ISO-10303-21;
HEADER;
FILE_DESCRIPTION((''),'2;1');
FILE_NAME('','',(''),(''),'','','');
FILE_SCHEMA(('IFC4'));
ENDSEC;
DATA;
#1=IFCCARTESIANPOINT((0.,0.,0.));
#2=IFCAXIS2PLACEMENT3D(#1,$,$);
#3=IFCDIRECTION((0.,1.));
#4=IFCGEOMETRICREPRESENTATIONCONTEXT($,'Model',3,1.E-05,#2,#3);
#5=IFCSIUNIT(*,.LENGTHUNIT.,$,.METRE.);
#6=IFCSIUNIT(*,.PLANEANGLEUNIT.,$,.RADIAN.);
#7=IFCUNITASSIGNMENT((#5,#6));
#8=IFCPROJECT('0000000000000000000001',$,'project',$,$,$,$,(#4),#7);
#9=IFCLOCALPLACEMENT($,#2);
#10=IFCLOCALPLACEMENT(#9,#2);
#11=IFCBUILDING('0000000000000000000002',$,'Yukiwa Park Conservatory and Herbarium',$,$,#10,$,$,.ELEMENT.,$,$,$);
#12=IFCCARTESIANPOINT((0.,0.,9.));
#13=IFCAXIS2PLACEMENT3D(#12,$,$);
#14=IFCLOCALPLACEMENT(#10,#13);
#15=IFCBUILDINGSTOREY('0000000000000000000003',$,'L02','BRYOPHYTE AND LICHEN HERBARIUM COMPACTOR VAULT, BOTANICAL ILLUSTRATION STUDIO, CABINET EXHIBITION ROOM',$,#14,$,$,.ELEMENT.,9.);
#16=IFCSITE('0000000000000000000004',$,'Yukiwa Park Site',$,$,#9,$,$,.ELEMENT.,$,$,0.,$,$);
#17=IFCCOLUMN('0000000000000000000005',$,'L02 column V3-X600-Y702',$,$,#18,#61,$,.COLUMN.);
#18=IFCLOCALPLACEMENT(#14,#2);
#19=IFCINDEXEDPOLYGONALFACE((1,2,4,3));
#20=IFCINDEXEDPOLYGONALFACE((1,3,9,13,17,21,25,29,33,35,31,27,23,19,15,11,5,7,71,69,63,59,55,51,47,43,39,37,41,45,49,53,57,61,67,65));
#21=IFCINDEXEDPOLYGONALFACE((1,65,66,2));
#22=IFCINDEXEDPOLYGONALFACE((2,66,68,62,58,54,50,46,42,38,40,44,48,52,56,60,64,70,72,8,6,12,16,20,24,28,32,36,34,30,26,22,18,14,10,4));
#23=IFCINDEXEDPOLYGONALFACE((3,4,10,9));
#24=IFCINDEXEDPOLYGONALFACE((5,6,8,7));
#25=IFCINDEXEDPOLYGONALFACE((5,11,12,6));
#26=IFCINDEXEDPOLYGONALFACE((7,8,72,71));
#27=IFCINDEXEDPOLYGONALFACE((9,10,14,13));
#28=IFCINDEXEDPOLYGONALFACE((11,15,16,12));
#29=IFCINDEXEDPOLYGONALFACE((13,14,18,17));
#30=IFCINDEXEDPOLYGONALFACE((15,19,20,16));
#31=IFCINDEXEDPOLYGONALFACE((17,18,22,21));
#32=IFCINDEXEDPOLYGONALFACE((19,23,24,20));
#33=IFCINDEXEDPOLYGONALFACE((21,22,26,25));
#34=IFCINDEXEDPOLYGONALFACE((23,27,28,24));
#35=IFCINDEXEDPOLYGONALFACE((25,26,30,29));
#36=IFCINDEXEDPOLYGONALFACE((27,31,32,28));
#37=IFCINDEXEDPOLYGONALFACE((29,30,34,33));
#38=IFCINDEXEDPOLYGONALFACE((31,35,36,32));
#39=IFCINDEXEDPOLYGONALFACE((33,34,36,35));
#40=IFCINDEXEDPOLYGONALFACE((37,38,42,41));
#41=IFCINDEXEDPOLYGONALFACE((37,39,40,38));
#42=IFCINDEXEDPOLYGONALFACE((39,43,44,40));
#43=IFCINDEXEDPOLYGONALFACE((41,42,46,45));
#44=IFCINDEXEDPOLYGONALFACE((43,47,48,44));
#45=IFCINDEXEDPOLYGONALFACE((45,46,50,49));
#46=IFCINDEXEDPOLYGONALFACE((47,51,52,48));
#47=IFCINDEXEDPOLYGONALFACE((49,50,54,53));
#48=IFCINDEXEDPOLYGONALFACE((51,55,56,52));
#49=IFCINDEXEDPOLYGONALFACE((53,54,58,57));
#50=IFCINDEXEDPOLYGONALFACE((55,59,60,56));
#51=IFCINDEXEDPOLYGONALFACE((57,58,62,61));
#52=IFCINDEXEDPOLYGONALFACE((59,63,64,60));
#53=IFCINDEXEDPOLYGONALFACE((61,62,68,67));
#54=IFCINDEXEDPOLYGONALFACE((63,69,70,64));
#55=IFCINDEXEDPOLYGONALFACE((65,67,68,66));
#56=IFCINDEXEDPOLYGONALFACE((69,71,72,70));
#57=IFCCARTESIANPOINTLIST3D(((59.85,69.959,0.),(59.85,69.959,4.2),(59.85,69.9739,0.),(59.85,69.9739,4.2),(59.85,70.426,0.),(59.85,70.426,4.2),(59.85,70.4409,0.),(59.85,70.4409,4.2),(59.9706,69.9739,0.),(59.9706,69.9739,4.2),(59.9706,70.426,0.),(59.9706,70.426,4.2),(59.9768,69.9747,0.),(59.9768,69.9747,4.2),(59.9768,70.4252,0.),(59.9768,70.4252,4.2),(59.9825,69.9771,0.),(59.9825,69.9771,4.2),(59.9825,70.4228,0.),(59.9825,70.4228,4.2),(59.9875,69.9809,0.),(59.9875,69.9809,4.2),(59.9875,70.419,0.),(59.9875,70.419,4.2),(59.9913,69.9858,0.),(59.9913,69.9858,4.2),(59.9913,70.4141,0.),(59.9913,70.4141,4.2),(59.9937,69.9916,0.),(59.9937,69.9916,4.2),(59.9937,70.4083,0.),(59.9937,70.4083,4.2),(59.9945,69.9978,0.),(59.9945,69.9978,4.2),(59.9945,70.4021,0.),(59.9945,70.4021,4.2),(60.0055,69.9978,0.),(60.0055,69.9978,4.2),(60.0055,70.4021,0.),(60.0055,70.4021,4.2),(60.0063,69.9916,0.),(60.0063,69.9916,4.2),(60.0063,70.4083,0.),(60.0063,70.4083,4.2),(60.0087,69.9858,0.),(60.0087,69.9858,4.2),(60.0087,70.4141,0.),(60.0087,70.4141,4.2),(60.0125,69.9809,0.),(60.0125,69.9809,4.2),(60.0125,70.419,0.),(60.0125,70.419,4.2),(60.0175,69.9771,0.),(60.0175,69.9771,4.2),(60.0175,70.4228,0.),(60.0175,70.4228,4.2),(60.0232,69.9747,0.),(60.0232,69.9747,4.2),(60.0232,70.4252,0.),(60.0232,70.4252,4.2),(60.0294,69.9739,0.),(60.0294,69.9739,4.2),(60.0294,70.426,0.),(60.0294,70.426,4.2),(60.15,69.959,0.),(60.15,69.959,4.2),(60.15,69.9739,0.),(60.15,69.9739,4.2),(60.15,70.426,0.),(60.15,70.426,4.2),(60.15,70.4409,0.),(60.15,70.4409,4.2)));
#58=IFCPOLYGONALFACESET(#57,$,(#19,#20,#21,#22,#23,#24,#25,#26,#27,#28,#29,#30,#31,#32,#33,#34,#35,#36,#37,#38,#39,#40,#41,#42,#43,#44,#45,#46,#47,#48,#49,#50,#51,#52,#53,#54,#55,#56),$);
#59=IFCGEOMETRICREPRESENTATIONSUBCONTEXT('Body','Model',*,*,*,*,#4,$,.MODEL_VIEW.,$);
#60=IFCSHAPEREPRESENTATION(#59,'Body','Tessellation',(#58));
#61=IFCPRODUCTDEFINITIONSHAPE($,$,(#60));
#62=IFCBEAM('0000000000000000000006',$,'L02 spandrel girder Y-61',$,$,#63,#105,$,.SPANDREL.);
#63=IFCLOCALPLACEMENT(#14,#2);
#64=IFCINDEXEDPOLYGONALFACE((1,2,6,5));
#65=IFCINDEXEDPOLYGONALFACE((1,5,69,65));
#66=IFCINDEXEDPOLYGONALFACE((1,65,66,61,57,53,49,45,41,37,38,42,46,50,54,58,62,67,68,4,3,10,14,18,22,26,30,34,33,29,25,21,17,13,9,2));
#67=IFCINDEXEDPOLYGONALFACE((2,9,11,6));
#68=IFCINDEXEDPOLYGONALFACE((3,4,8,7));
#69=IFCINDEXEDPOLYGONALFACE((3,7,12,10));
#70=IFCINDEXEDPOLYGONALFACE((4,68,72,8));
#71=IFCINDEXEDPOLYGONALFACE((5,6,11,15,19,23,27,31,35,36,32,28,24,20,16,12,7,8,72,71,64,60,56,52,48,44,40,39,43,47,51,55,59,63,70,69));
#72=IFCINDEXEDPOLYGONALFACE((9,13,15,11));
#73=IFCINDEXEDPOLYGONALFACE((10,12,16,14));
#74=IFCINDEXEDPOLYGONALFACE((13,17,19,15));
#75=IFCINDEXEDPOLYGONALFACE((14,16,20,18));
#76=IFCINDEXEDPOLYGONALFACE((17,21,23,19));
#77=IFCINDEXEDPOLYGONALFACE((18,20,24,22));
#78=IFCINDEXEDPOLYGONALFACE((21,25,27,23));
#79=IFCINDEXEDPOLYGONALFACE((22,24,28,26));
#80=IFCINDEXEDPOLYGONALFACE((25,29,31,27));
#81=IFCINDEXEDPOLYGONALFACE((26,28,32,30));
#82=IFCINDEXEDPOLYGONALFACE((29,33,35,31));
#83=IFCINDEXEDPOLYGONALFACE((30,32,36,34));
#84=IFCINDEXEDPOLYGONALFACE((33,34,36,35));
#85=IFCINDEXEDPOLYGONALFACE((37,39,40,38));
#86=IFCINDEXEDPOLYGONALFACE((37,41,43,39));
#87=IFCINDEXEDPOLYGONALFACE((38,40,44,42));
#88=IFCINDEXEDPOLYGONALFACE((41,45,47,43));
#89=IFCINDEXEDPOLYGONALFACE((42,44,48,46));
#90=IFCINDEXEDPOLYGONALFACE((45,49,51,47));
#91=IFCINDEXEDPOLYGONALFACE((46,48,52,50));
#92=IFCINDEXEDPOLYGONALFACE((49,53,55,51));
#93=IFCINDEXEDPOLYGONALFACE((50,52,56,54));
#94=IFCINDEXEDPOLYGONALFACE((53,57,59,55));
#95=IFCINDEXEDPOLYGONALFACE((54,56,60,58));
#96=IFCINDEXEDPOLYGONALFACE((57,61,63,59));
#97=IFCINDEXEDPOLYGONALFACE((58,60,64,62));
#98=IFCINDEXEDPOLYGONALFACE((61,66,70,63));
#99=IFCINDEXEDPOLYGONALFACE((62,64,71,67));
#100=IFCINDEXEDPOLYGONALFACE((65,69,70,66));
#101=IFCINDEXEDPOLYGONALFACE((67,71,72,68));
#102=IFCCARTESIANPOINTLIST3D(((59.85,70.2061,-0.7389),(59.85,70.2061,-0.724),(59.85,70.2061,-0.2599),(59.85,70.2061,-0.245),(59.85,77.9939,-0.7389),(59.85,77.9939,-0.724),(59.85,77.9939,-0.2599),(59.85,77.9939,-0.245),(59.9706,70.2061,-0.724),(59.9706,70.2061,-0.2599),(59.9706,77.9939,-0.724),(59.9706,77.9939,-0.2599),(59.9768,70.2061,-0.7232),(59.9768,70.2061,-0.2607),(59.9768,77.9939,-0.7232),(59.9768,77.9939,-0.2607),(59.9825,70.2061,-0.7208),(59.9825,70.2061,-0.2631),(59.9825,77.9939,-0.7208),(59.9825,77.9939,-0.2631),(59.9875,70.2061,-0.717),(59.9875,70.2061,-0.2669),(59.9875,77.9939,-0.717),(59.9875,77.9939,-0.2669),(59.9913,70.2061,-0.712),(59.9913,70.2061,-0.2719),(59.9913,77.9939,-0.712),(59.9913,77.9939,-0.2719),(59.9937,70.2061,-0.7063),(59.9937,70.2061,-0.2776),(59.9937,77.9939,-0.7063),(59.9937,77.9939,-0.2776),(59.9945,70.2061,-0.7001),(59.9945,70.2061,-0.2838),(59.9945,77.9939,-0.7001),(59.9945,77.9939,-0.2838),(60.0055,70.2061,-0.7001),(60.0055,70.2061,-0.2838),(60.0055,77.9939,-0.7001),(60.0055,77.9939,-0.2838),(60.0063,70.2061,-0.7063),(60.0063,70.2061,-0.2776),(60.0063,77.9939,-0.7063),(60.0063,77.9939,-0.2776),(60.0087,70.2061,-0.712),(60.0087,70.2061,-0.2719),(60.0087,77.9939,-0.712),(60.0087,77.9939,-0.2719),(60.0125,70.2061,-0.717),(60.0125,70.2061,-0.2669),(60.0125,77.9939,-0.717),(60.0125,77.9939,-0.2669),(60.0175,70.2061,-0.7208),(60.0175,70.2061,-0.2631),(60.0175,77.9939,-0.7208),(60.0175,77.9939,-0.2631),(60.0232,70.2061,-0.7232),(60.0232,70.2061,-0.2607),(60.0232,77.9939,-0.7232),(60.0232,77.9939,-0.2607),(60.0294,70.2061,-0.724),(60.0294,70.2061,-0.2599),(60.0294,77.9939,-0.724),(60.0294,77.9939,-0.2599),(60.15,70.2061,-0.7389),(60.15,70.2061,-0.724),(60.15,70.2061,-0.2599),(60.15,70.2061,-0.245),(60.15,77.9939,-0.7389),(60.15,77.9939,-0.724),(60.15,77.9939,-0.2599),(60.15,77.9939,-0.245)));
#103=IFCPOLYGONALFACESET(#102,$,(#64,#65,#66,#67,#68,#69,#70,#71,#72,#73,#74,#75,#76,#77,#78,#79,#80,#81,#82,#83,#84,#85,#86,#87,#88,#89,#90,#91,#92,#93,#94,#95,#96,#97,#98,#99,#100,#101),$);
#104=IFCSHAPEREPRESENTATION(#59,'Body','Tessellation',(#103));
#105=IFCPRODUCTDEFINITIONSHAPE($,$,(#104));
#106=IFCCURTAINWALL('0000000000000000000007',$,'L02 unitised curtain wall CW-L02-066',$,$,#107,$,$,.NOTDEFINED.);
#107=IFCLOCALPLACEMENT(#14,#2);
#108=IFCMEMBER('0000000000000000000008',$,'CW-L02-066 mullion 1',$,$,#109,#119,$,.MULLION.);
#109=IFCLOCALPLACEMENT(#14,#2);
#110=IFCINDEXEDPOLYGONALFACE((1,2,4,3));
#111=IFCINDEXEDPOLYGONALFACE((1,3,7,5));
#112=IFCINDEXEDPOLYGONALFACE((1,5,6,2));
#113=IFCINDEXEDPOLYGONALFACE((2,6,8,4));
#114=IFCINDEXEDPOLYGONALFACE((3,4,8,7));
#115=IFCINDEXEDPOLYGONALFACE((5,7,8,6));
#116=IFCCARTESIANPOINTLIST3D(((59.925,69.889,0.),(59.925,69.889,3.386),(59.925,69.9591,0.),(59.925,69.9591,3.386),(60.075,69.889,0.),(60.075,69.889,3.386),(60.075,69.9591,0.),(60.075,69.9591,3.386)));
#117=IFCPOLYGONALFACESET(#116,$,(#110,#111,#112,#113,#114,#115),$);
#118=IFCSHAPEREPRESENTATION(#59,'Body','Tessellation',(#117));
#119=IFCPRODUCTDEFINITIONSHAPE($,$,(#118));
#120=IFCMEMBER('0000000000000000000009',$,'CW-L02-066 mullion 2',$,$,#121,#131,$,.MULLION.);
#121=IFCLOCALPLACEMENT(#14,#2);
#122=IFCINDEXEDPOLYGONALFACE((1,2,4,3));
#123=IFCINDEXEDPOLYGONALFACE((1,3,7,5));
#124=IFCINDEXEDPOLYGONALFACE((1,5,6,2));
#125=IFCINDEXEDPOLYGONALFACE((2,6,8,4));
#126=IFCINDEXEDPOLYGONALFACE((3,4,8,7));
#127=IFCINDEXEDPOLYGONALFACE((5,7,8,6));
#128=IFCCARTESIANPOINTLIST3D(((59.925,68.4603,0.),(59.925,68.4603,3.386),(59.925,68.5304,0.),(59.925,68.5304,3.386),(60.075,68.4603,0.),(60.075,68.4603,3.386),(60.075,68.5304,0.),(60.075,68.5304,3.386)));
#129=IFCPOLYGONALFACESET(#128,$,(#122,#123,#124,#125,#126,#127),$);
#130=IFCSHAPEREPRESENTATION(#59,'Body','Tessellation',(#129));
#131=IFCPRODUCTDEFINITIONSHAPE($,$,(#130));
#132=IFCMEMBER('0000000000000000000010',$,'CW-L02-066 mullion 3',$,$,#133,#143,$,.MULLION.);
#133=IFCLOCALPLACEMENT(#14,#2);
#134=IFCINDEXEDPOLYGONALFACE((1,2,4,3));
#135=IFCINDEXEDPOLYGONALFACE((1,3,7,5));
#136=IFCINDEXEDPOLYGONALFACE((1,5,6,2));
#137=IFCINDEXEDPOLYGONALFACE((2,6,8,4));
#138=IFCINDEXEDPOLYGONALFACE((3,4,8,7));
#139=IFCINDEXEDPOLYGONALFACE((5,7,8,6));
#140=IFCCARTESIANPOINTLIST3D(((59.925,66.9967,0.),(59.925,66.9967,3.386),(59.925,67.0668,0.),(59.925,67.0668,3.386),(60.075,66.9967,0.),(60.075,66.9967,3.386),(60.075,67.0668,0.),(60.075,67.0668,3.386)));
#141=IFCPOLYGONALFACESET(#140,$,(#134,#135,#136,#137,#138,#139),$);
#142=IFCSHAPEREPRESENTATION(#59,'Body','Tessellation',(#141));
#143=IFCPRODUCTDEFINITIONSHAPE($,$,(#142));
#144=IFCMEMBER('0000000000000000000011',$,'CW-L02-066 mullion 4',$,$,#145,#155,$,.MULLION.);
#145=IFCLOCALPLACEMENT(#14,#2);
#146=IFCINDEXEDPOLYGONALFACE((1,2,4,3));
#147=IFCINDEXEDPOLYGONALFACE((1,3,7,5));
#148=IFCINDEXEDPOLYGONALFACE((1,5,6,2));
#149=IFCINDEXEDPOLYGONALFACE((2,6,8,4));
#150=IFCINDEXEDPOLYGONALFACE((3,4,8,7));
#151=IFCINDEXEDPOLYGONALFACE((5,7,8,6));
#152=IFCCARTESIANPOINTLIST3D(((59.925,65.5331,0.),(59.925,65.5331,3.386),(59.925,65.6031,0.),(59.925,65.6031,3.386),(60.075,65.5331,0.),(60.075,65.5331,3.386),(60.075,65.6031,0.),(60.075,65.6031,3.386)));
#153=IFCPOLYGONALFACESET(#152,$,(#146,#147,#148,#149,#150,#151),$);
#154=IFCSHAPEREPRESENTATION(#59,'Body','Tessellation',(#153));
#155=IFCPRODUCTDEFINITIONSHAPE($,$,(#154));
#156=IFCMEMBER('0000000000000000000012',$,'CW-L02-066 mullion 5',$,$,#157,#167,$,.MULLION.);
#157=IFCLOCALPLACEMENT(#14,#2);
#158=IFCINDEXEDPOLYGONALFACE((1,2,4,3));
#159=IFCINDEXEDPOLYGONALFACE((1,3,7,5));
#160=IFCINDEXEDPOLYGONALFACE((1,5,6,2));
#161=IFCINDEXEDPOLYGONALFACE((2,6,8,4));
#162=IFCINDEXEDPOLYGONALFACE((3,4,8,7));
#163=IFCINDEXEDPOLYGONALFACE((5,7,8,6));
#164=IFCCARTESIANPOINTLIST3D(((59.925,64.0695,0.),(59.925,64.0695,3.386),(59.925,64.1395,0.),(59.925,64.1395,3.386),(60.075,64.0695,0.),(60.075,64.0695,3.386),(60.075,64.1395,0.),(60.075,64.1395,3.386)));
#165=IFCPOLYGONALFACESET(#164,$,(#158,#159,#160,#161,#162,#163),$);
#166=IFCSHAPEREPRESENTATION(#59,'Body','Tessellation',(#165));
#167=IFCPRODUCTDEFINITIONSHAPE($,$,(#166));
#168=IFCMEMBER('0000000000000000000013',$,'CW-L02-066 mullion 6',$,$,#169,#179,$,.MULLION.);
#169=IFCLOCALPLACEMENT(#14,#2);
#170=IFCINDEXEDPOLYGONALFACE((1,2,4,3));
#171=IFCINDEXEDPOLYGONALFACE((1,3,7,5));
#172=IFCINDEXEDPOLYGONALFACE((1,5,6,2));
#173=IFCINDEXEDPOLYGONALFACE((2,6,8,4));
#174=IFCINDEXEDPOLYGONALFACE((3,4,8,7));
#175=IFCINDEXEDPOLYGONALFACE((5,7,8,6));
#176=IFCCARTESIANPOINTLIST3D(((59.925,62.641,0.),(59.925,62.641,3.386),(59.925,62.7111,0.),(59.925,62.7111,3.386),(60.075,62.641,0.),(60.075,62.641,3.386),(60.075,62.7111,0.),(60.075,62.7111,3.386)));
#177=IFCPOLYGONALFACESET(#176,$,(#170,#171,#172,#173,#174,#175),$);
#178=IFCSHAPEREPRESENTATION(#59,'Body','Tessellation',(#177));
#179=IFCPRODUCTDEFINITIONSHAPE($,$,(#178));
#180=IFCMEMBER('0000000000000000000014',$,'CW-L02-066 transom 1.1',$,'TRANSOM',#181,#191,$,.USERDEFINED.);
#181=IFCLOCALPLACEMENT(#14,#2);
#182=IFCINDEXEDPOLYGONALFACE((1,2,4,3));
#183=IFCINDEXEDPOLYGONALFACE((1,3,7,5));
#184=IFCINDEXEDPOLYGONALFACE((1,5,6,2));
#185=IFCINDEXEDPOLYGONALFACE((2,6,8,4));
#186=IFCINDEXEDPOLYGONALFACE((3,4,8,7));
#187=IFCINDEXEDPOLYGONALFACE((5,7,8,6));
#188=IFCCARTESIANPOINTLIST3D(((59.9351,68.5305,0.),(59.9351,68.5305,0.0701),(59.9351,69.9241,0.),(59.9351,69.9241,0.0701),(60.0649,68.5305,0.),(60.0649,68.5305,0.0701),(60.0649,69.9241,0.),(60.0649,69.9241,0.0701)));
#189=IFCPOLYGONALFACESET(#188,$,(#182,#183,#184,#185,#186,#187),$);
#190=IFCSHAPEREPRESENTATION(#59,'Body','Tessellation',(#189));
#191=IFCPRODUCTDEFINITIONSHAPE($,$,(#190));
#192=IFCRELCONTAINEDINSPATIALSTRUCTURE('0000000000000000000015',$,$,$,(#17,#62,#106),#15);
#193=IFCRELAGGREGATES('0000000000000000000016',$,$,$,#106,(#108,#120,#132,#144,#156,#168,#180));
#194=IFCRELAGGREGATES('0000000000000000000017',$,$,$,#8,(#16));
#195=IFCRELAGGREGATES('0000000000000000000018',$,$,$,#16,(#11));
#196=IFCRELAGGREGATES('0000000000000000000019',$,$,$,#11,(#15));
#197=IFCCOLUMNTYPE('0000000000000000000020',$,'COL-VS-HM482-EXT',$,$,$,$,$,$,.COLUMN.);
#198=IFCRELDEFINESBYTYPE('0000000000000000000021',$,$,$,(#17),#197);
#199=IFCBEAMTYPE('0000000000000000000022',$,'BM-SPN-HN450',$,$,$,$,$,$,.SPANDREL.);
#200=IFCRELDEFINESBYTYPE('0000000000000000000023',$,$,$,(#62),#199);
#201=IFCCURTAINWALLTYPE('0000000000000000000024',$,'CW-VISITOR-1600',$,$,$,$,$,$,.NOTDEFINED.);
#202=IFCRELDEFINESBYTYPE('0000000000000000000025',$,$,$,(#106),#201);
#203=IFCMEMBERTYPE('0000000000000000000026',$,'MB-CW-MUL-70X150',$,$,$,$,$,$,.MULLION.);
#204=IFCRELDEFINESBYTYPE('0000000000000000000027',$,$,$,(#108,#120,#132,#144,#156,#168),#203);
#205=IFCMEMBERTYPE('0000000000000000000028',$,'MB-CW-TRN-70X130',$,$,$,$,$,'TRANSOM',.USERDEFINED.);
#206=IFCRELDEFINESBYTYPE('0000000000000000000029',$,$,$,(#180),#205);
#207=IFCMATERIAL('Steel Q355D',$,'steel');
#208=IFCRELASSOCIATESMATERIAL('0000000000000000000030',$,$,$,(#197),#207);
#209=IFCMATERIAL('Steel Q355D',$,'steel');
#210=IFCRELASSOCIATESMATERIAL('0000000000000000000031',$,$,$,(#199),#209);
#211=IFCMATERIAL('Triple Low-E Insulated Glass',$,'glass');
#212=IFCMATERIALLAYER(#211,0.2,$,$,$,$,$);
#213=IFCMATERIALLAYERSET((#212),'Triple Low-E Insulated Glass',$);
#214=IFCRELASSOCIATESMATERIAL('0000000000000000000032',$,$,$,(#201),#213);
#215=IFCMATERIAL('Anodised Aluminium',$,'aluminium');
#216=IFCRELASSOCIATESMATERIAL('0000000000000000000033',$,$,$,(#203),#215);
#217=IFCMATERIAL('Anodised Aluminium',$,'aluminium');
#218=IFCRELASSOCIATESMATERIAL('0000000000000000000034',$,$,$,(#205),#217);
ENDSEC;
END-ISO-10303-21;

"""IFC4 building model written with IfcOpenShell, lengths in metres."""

from ifc_helpers import new_model, si_unit, direction, frame, origin, origin_2d, place, context, subcontext, project, spatial, rectangle, i_section, extrude, material, layer, layer_set, material_profile, profile_set, type_object, element, aggregate, save


model = new_model("IFC4")

# Units and contexts
model_context = context("Model", 3, precision=1e-05, world=origin(), true_north=direction((0.0, 1.0)))
body_context = subcontext(model_context, "Body", "Model", "MODEL_VIEW")
ifc_project = project(units=[si_unit("LENGTHUNIT", "METRE"), si_unit("PLANEANGLEUNIT", "RADIAN")], contexts=[model_context])

# Site, building, storey
site_placement = place(None, origin())
site = spatial("IfcSite", under=ifc_project, at=site_placement, Name="Yukiwa Park Site", CompositionType="ELEMENT", RefElevation=0.0)
building_placement = place(site_placement, origin())
building = spatial("IfcBuilding", under=site, at=building_placement, Name="Yukiwa Park Conservatory and Herbarium", CompositionType="ELEMENT")
storey_placement = place(building_placement, frame((0.0, 0.0, 9.0)))
storey = spatial("IfcBuildingStorey", under=building, at=storey_placement, Name="L02", Description="BRYOPHYTE AND LICHEN HERBARIUM COMPACTOR VAULT, BOTANICAL ILLUSTRATION STUDIO, CABINET EXHIBITION ROOM", CompositionType="ELEMENT", Elevation=9.0)

# Column
ifc_material_1 = material(Name="Steel Q355D", Category="steel")
ifc_material_profile_1 = material_profile(ifc_material_1, i_section(OverallWidth=0.3, OverallDepth=0.4819, WebThickness=0.011, FlangeThickness=0.0149, FilletRadius=0.0239, at=origin_2d()), Name="HM 482x300x11x15")
ifc_profile_set_1 = profile_set([ifc_material_profile_1], Name="Steel Q355D")
column_type = type_object("IfcColumnType", Name="COL-VS-HM482-EXT", PredefinedType="COLUMN", material=ifc_profile_set_1)
column_placement = place(storey_placement, frame((60.0, 70.2, 0.0), z_axis=(0.0, 0.0, 1.0), x_axis=(1.0, 0.0, 0.0)))
element("IfcColumn", 1, at=column_placement, inside=storey, type_object=column_type, Name="L02 column V3-X600-Y702", PredefinedType="COLUMN", context=body_context, shape_type="SweptSolid", body=[
    extrude(i_section(OverallWidth=0.3, OverallDepth=0.4819, WebThickness=0.011, FlangeThickness=0.0149, FilletRadius=0.0239, at=origin_2d()), origin(), (0.0, 0.0, 1.0), 4.2),
])

# Beam
ifc_material_2 = material(Name="Steel Q355D", Category="steel")
ifc_material_profile_2 = material_profile(ifc_material_2, i_section(OverallWidth=0.3, OverallDepth=0.4939, WebThickness=0.011, FlangeThickness=0.0149, FilletRadius=0.0239, at=origin_2d()), Name="HM 494x300x11x15")
ifc_profile_set_2 = profile_set([ifc_material_profile_2], Name="Steel Q355D")
beam_type = type_object("IfcBeamType", Name="BM-SPN-HN450", PredefinedType="SPANDREL", material=ifc_profile_set_2)
beam_placement = place(storey_placement, frame((60.0, 70.2061, -0.4919), z_axis=(0.0, 1.0, 0.0), x_axis=(-1.0, 0.0, 0.0)))
element("IfcBeam", 2, at=beam_placement, inside=storey, type_object=beam_type, Name="L02 spandrel girder Y-61", PredefinedType="SPANDREL", context=body_context, shape_type="SweptSolid", body=[
    extrude(i_section(OverallWidth=0.3, OverallDepth=0.4939, WebThickness=0.011, FlangeThickness=0.0149, FilletRadius=0.0239, at=origin_2d()), origin(), (0.0, 0.0, 1.0), 7.7878),
])

# Curtain wall, members
ifc_material_3 = material(Name="Triple Low-E Insulated Glass", Category="glass")
ifc_layer_1 = layer(ifc_material_3, 0.2)
ifc_layer_set_1 = layer_set([ifc_layer_1], Name="Triple Low-E Insulated Glass")
curtain_wall_type = type_object("IfcCurtainWallType", Name="CW-VISITOR-1600", PredefinedType="NOTDEFINED", material=ifc_layer_set_1)
curtain_wall_placement = place(storey_placement, origin())
curtain_wall = element("IfcCurtainWall", 3, at=curtain_wall_placement, inside=storey, type_object=curtain_wall_type, Name="L02 unitised curtain wall CW-L02-066", PredefinedType="NOTDEFINED")
ifc_material_4 = material(Name="Anodised Aluminium", Category="aluminium")
member_type_1 = type_object("IfcMemberType", Name="MB-CW-MUL-70X150", PredefinedType="MULLION", material=ifc_material_4)
member_1_placement = place(storey_placement, frame((60.0, 69.9241, 0.0), z_axis=(0.0, 0.0, 1.0), x_axis=(0.0, -1.0, 0.0)))
member_1 = element("IfcMember", 4, at=member_1_placement, type_object=member_type_1, Name="CW-L02-066 mullion 1", PredefinedType="MULLION", context=body_context, shape_type="SweptSolid", body=[
    extrude(rectangle(XDim=0.0701, YDim=0.1499, at=origin_2d()), origin(), (0.0, 0.0, 1.0), 3.386),
])
member_2_placement = place(storey_placement, frame((60.0, 68.4954, 0.0), z_axis=(0.0, 0.0, 1.0), x_axis=(0.0, -1.0, 0.0)))
member_2 = element("IfcMember", 5, at=member_2_placement, type_object=member_type_1, Name="CW-L02-066 mullion 2", PredefinedType="MULLION", context=body_context, shape_type="SweptSolid", body=[
    extrude(rectangle(XDim=0.0701, YDim=0.1499, at=origin_2d()), origin(), (0.0, 0.0, 1.0), 3.386),
])
member_3_placement = place(storey_placement, frame((60.0, 67.0317, 0.0), z_axis=(0.0, 0.0, 1.0), x_axis=(0.0, -1.0, 0.0)))
member_3 = element("IfcMember", 6, at=member_3_placement, type_object=member_type_1, Name="CW-L02-066 mullion 3", PredefinedType="MULLION", context=body_context, shape_type="SweptSolid", body=[
    extrude(rectangle(XDim=0.0701, YDim=0.1499, at=origin_2d()), origin(), (0.0, 0.0, 1.0), 3.386),
])
member_4_placement = place(storey_placement, frame((60.0, 65.5681, 0.0), z_axis=(0.0, 0.0, 1.0), x_axis=(0.0, -1.0, 0.0)))
member_4 = element("IfcMember", 7, at=member_4_placement, type_object=member_type_1, Name="CW-L02-066 mullion 4", PredefinedType="MULLION", context=body_context, shape_type="SweptSolid", body=[
    extrude(rectangle(XDim=0.0701, YDim=0.1499, at=origin_2d()), origin(), (0.0, 0.0, 1.0), 3.386),
])
member_5_placement = place(storey_placement, frame((60.0, 64.1045, 0.0), z_axis=(0.0, 0.0, 1.0), x_axis=(0.0, -1.0, 0.0)))
member_5 = element("IfcMember", 8, at=member_5_placement, type_object=member_type_1, Name="CW-L02-066 mullion 5", PredefinedType="MULLION", context=body_context, shape_type="SweptSolid", body=[
    extrude(rectangle(XDim=0.0701, YDim=0.1499, at=origin_2d()), origin(), (0.0, 0.0, 1.0), 3.386),
])
member_6_placement = place(storey_placement, frame((60.0, 62.676, 0.0), z_axis=(0.0, 0.0, 1.0), x_axis=(0.0, -1.0, 0.0)))
member_6 = element("IfcMember", 9, at=member_6_placement, type_object=member_type_1, Name="CW-L02-066 mullion 6", PredefinedType="MULLION", context=body_context, shape_type="SweptSolid", body=[
    extrude(rectangle(XDim=0.0701, YDim=0.1499, at=origin_2d()), origin(), (0.0, 0.0, 1.0), 3.386),
])
ifc_material_5 = material(Name="Anodised Aluminium", Category="aluminium")
member_type_2 = type_object("IfcMemberType", Name="MB-CW-TRN-70X130", ElementType="TRANSOM", PredefinedType="USERDEFINED", material=ifc_material_5)
member_7_placement = place(storey_placement, frame((60.0, 69.2273, 0.0), z_axis=(0.0, 0.0, 1.0), x_axis=(0.0, -1.0, 0.0)))
member_7 = element("IfcMember", 10, at=member_7_placement, type_object=member_type_2, Name="CW-L02-066 transom 1.1", ObjectType="TRANSOM", PredefinedType="USERDEFINED", context=body_context, shape_type="SweptSolid", body=[
    extrude(rectangle(XDim=1.3936, YDim=0.1299, at=origin_2d()), origin(), (0.0, 0.0, 1.0), 0.0701),
])
aggregate(curtain_wall, [member_1, member_2, member_3, member_4, member_5, member_6, member_7])

save(model, "model.ifc")
